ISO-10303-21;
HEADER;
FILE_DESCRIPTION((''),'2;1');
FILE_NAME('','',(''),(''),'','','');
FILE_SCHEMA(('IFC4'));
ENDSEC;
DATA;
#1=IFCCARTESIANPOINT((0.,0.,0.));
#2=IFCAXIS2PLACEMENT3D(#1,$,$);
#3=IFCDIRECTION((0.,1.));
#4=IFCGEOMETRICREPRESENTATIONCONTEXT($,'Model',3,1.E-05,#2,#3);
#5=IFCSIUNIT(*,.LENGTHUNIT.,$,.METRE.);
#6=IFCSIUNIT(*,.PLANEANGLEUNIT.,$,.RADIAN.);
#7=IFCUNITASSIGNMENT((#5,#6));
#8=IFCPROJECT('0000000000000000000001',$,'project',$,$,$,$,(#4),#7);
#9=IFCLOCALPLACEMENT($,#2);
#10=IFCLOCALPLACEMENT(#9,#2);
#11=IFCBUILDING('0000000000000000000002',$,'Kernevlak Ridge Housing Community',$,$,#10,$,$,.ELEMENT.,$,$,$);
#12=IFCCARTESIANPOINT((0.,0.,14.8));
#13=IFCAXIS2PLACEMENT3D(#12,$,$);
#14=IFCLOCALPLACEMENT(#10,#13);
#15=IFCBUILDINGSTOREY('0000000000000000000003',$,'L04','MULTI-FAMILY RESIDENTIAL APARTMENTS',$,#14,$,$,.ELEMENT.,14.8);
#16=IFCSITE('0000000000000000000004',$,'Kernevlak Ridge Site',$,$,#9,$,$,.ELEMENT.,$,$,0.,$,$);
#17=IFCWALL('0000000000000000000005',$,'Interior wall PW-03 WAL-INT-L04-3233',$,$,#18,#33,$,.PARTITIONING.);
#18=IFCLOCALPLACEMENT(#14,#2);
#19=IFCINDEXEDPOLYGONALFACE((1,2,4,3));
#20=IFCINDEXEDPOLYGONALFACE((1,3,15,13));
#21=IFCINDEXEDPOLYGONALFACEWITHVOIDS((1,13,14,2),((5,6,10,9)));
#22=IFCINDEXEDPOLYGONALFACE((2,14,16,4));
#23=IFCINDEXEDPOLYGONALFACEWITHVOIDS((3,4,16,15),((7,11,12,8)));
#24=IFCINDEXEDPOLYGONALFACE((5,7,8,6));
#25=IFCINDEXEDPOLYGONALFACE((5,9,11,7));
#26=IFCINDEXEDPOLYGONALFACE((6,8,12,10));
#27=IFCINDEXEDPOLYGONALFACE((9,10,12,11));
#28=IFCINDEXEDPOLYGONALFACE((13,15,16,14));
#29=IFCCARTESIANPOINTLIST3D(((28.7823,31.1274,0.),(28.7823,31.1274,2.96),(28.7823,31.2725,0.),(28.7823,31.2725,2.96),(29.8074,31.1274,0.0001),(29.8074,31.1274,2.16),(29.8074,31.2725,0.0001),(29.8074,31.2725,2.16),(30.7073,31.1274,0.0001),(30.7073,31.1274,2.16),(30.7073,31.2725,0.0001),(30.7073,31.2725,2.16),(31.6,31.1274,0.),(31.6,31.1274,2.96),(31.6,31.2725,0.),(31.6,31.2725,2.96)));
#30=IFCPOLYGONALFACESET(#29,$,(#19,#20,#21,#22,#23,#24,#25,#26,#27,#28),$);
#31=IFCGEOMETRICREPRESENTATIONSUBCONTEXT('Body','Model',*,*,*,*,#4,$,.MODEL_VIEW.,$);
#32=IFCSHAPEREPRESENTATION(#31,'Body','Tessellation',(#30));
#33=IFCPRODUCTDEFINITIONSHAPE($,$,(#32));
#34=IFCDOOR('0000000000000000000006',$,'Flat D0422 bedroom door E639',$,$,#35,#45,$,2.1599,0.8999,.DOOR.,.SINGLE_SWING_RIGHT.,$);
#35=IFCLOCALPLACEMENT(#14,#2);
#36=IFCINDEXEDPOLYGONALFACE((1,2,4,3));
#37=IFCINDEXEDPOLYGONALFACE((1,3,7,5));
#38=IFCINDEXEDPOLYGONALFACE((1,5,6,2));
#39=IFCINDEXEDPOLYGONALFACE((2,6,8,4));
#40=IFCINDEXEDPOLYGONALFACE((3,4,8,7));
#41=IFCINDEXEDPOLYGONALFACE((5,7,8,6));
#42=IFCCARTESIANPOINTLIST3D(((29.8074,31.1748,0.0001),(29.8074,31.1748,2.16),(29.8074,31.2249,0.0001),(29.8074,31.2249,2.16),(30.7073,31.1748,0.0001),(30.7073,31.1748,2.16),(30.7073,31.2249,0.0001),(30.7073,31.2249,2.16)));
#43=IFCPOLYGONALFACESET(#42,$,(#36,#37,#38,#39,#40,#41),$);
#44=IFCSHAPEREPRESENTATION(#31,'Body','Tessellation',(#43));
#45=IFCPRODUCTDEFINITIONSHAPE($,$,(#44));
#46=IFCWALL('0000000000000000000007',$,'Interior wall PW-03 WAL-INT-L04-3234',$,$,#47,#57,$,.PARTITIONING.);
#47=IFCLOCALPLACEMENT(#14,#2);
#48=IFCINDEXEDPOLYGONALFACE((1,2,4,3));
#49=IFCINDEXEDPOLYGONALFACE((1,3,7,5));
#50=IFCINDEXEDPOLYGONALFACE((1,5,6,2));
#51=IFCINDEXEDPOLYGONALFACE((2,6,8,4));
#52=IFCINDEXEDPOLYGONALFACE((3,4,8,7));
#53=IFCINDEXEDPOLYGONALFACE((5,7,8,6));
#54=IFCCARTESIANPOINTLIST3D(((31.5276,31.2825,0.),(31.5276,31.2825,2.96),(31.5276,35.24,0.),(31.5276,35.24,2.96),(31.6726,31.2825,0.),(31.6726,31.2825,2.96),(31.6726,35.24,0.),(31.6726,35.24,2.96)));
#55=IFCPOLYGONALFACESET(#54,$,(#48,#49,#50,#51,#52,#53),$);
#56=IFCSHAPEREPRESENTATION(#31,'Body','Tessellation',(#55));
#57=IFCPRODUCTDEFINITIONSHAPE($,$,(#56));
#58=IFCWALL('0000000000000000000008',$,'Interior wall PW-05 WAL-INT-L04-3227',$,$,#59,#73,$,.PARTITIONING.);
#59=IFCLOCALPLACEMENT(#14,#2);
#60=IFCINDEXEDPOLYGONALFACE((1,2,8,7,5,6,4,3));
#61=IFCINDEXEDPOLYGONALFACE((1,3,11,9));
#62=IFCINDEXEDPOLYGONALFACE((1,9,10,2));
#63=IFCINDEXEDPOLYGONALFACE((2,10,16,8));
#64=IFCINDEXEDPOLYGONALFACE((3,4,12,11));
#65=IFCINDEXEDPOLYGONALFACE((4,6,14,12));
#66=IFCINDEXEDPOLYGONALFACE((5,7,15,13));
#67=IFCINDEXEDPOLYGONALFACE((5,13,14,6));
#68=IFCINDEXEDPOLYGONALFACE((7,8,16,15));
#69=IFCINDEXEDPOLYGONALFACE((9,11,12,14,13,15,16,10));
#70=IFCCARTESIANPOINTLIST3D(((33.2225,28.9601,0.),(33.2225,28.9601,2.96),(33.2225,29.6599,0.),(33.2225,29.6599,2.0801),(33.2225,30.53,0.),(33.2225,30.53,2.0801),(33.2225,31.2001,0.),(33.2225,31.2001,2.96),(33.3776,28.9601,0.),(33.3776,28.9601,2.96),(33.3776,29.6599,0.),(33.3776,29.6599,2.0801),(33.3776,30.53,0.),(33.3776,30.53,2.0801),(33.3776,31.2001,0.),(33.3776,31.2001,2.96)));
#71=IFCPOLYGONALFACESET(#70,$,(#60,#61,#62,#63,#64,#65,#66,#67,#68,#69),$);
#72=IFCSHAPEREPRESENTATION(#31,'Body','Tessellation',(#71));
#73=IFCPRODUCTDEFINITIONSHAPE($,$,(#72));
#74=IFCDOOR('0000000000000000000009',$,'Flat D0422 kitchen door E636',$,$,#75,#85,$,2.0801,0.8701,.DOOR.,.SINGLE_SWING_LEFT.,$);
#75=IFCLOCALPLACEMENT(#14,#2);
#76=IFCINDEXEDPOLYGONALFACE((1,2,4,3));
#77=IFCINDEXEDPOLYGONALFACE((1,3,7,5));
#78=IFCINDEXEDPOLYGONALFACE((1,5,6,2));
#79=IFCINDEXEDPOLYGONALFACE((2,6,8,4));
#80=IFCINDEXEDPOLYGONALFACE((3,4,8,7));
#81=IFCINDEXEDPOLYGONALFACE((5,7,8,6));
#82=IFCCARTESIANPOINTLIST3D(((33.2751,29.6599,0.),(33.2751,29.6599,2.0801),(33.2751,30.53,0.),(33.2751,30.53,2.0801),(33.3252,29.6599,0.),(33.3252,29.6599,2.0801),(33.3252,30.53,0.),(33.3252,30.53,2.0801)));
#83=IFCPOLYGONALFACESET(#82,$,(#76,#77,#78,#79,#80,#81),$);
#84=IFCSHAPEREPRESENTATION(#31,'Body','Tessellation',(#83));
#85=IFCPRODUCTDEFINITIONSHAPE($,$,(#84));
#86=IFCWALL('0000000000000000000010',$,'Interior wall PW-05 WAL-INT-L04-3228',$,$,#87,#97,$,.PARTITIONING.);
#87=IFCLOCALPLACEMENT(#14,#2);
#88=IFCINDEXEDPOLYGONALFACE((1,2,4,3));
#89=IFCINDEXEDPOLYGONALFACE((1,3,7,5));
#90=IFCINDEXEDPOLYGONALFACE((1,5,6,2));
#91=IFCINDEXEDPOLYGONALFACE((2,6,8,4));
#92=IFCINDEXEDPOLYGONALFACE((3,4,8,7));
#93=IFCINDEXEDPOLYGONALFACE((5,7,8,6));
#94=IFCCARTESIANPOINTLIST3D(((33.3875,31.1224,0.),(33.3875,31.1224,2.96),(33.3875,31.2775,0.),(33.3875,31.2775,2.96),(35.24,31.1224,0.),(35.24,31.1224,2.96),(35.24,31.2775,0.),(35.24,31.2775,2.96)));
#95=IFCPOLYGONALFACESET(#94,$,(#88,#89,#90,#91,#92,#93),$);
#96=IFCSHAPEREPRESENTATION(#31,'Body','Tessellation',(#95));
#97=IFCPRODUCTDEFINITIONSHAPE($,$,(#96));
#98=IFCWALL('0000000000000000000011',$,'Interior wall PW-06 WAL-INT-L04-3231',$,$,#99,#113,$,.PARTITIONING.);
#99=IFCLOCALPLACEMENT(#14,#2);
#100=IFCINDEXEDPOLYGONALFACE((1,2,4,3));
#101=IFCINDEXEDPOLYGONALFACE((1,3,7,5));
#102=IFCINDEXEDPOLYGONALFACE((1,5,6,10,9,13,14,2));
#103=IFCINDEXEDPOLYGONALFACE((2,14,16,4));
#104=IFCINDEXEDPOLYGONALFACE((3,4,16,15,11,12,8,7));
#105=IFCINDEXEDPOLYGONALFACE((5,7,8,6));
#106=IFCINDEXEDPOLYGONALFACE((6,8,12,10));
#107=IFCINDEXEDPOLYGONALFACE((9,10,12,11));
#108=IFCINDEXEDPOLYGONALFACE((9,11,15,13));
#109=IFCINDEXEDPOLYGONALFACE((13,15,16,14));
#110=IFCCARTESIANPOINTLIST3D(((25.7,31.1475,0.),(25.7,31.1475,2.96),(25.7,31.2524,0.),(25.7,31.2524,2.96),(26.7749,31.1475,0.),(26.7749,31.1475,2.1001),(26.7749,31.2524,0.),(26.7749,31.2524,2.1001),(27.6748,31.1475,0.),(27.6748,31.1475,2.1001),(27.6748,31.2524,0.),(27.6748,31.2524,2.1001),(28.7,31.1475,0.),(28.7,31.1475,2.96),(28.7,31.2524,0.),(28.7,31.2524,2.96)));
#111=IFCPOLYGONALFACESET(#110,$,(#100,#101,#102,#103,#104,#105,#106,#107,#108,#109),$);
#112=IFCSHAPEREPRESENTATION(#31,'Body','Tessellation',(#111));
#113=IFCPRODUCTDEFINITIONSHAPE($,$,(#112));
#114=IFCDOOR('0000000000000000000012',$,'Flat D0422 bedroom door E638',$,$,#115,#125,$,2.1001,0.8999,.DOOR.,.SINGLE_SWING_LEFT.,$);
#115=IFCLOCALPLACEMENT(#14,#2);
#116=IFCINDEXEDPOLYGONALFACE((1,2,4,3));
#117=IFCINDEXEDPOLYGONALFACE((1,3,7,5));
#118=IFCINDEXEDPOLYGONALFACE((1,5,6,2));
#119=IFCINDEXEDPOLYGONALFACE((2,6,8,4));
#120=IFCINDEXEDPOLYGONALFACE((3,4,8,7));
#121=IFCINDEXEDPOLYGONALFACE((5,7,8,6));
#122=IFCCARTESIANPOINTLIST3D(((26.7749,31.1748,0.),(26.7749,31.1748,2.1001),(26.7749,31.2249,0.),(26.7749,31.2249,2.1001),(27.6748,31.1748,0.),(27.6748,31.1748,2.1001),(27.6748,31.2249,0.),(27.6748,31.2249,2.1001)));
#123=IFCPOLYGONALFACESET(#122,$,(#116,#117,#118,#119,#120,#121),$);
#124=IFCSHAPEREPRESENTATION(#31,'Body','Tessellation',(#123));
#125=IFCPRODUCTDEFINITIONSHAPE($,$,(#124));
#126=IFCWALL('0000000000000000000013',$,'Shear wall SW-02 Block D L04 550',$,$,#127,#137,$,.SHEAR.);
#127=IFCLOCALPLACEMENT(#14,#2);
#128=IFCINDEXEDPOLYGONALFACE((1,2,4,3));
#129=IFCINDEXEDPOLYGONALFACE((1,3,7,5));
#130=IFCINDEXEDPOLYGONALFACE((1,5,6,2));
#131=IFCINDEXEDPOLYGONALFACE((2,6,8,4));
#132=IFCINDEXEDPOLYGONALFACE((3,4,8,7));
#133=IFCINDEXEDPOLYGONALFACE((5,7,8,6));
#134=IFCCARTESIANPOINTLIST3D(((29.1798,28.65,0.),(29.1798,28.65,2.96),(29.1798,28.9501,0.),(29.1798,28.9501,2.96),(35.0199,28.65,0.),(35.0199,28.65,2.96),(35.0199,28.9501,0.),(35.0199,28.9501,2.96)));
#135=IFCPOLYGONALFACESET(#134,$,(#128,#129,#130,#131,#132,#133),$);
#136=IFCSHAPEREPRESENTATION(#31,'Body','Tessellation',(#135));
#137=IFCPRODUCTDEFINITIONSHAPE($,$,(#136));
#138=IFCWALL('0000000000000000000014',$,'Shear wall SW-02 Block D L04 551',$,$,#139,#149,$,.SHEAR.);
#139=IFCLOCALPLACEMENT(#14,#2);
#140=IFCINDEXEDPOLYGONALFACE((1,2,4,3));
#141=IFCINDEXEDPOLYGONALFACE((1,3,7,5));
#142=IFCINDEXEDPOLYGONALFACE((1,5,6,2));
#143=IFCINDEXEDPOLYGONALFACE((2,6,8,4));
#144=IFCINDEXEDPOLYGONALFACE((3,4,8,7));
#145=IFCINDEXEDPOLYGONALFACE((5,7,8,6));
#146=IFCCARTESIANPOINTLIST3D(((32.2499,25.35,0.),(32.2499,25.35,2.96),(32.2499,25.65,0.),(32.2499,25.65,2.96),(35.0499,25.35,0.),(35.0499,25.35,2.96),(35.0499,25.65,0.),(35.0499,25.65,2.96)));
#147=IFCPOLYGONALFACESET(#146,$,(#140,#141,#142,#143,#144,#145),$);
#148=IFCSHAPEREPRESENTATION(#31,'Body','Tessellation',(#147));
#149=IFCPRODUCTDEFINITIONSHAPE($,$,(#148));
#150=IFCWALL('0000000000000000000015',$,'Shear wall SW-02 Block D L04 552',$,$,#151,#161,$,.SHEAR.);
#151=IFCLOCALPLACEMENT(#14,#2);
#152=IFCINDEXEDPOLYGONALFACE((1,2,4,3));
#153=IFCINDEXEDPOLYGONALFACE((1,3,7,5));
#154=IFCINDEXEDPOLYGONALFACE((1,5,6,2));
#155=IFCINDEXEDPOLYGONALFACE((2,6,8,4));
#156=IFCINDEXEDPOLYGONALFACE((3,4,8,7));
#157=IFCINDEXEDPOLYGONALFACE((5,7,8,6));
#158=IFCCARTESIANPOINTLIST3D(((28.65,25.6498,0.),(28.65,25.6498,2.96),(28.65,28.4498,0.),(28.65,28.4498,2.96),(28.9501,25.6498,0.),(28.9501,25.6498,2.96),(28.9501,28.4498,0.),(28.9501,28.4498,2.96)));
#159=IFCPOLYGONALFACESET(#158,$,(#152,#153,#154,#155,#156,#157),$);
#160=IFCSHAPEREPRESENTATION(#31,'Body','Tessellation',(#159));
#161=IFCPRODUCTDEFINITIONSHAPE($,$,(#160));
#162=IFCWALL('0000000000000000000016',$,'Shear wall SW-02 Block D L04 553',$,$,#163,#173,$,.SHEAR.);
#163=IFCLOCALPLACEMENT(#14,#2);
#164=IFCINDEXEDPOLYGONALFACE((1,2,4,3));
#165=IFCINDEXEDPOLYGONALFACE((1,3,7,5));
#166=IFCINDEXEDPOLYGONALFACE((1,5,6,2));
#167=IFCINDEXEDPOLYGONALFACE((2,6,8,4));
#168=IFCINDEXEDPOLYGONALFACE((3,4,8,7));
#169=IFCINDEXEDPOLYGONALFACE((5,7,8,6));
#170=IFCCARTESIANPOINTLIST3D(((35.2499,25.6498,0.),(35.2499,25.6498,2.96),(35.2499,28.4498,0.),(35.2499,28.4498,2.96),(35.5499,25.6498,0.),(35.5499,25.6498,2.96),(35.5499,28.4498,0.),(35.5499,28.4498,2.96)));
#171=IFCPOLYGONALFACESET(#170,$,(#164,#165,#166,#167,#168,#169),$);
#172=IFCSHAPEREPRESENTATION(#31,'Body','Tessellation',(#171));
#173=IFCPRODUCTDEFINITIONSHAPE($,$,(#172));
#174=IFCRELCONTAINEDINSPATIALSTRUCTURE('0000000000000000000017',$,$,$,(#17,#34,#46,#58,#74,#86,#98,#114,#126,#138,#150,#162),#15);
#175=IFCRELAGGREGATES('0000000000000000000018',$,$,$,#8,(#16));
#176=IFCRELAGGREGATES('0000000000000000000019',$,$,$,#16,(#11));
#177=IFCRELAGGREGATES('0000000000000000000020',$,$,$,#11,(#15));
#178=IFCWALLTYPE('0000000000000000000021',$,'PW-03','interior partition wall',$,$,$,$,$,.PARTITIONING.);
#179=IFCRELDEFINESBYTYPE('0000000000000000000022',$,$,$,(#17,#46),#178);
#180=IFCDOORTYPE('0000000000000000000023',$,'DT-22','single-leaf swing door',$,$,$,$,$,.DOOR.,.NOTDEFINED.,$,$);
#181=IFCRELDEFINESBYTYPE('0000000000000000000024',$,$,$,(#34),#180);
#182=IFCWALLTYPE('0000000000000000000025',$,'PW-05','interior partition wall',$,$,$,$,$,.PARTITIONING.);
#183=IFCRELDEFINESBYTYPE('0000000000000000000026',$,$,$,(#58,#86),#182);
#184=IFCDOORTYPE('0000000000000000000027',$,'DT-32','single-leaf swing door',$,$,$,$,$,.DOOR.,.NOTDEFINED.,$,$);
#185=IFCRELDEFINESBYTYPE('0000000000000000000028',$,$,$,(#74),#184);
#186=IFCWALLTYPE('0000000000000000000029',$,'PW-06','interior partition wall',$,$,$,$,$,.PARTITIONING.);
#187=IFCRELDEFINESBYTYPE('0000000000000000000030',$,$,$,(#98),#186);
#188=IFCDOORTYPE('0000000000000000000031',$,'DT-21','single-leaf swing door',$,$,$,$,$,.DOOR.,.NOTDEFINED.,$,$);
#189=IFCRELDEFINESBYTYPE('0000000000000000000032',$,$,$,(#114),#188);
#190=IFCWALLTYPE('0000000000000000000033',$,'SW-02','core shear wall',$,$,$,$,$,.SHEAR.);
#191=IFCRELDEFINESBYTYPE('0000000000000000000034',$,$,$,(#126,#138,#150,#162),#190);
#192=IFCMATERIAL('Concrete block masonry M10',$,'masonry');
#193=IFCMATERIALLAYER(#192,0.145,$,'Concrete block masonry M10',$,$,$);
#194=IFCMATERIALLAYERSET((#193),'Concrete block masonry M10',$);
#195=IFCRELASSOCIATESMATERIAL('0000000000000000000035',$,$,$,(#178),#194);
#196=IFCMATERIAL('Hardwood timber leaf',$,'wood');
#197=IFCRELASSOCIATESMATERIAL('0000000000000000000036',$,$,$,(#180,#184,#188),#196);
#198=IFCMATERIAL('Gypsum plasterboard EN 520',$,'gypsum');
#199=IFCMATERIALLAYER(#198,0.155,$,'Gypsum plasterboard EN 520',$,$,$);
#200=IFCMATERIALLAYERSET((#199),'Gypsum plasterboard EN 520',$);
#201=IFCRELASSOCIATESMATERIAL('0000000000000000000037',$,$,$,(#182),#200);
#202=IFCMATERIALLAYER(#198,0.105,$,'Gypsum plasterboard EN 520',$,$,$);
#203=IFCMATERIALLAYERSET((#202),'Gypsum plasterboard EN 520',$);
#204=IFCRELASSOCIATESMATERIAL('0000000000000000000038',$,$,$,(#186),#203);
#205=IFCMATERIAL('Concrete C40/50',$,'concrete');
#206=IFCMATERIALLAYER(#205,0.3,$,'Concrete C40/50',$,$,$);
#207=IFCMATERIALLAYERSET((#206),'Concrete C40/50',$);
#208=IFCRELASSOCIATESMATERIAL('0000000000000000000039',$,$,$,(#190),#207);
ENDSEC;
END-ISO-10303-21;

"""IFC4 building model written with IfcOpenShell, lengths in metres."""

from ifc_helpers import new_model, si_unit, direction, frame, frame_2d, origin, place, context, subcontext, project, spatial, rectangle, extrude, material, layer, layer_set, type_object, element, fill, save


model = new_model("IFC4")

# Units and contexts
model_context = context("Model", 3, precision=1e-05, world=origin(), true_north=direction((0.0, 1.0)))
body_context = subcontext(model_context, "Body", "Model", "MODEL_VIEW")
ifc_project = project(units=[si_unit("LENGTHUNIT", "METRE"), si_unit("PLANEANGLEUNIT", "RADIAN")], contexts=[model_context])

# Site, building, storey
site_placement = place(None, origin())
site = spatial("IfcSite", under=ifc_project, at=site_placement, Name="Kernevlak Ridge Site", CompositionType="ELEMENT", RefElevation=0.0)
building_placement = place(site_placement, origin())
building = spatial("IfcBuilding", under=site, at=building_placement, Name="Kernevlak Ridge Housing Community", CompositionType="ELEMENT")
storey_placement = place(building_placement, frame((0.0, 0.0, 14.8)))
storey = spatial("IfcBuildingStorey", under=building, at=storey_placement, Name="L04", Description="MULTI-FAMILY RESIDENTIAL APARTMENTS", CompositionType="ELEMENT", Elevation=14.8)

# Shared definitions
ifc_material_1 = material(Name="Concrete block masonry M10", Category="masonry")
ifc_layer_1 = layer(ifc_material_1, 0.145, Name="Concrete block masonry M10")
ifc_layer_set_1 = layer_set([ifc_layer_1], Name="Concrete block masonry M10")
wall_type_1 = type_object("IfcWallType", Name="PW-03", Description="interior partition wall", PredefinedType="PARTITIONING", material=ifc_layer_set_1)
ifc_material_2 = material(Name="Hardwood timber leaf", Category="wood")

# Wall, opening, door
wall_1_placement = place(storey_placement, frame((28.7825, 31.2, 0.0), z_axis=(0.0, 0.0, 1.0), x_axis=(1.0, 0.0, 0.0)))
wall_1 = element("IfcWall", 1, at=wall_1_placement, inside=storey, type_object=wall_type_1, Name="Interior wall PW-03 WAL-INT-L04-3233", PredefinedType="PARTITIONING", context=body_context, shape_type="SweptSolid", body=[
    extrude(rectangle(XDim=2.8176, YDim=0.145, at=frame_2d((1.4087, 0.0))), origin(), (0.0, 0.0, 1.0), 2.96),
])
opening_1_placement = place(wall_1_placement, frame((1.0249, 0.0, 0.0)))
opening_1 = element("IfcOpeningElement", 2, at=opening_1_placement, cuts=wall_1, PredefinedType="OPENING", context=body_context, shape_type="SweptSolid", body=[
    extrude(rectangle(XDim=0.8999, YDim=2.1599, at=frame_2d((0.45, 1.0801))), frame((0.0, 0.0825, 0.0), z_axis=(0.0, -1.0, 0.0), x_axis=(1.0, 0.0, 0.0)), (0.0, 0.0, 1.0), 0.165),
])
door_type_1 = type_object("IfcDoorType", Name="DT-22", Description="single-leaf swing door", OperationType="NOTDEFINED", PredefinedType="DOOR", material=ifc_material_2)
door_1_placement = place(opening_1_placement, origin())
door_1 = element("IfcDoor", 3, at=door_1_placement, inside=storey, type_object=door_type_1, Name="Flat D0422 bedroom door E639", OperationType="SINGLE_SWING_RIGHT", OverallHeight=2.1599, OverallWidth=0.8999, PredefinedType="DOOR", context=body_context, shape_type="SweptSolid", body=[
    extrude(rectangle(XDim=0.8999, YDim=2.1599, at=frame_2d((0.45, 1.0801))), frame((0.0, 0.0249, 0.0), z_axis=(0.0, -1.0, 0.0), x_axis=(1.0, 0.0, 0.0)), (0.0, 0.0, 1.0), 0.05),
])
fill(opening_1, door_1)

# Wall
wall_2_placement = place(storey_placement, frame((31.6001, 31.2825, 0.0), z_axis=(0.0, 0.0, 1.0), x_axis=(0.0, 1.0, 0.0)))
element("IfcWall", 4, at=wall_2_placement, inside=storey, type_object=wall_type_1, Name="Interior wall PW-03 WAL-INT-L04-3234", PredefinedType="PARTITIONING", context=body_context, shape_type="SweptSolid", body=[
    extrude(rectangle(XDim=3.9575, YDim=0.145, at=frame_2d((1.9788, 0.0))), origin(), (0.0, 0.0, 1.0), 2.96),
])

# Wall, opening, door
ifc_material_3 = material(Name="Gypsum plasterboard EN 520", Category="gypsum")
ifc_layer_2 = layer(ifc_material_3, 0.155, Name="Gypsum plasterboard EN 520")
ifc_layer_set_2 = layer_set([ifc_layer_2], Name="Gypsum plasterboard EN 520")
wall_type_2 = type_object("IfcWallType", Name="PW-05", Description="interior partition wall", PredefinedType="PARTITIONING", material=ifc_layer_set_2)
wall_3_placement = place(storey_placement, frame((33.3, 28.96, 0.0), z_axis=(0.0, 0.0, 1.0), x_axis=(0.0, 1.0, 0.0)))
wall_3 = element("IfcWall", 5, at=wall_3_placement, inside=storey, type_object=wall_type_2, Name="Interior wall PW-05 WAL-INT-L04-3227", PredefinedType="PARTITIONING", context=body_context, shape_type="SweptSolid", body=[
    extrude(rectangle(XDim=2.24, YDim=0.155, at=frame_2d((1.1201, 0.0))), origin(), (0.0, 0.0, 1.0), 2.96),
])
opening_2_placement = place(wall_3_placement, frame((0.7, 0.0, 0.0)))
opening_2 = element("IfcOpeningElement", 6, at=opening_2_placement, cuts=wall_3, PredefinedType="OPENING", context=body_context, shape_type="SweptSolid", body=[
    extrude(rectangle(XDim=0.8701, YDim=2.0801, at=frame_2d((0.4351, 1.04))), frame((0.0, 0.0874, 0.0), z_axis=(0.0, -1.0, 0.0), x_axis=(1.0, 0.0, 0.0)), (0.0, 0.0, 1.0), 0.175),
])
door_type_2 = type_object("IfcDoorType", Name="DT-32", Description="single-leaf swing door", OperationType="NOTDEFINED", PredefinedType="DOOR", material=ifc_material_2)
door_2_placement = place(opening_2_placement, origin())
door_2 = element("IfcDoor", 7, at=door_2_placement, inside=storey, type_object=door_type_2, Name="Flat D0422 kitchen door E636", OperationType="SINGLE_SWING_LEFT", OverallHeight=2.0801, OverallWidth=0.8701, PredefinedType="DOOR", context=body_context, shape_type="SweptSolid", body=[
    extrude(rectangle(XDim=0.8701, YDim=2.0801, at=frame_2d((0.4351, 1.04))), frame((0.0, 0.0249, 0.0), z_axis=(0.0, -1.0, 0.0), x_axis=(1.0, 0.0, 0.0)), (0.0, 0.0, 1.0), 0.05),
])
fill(opening_2, door_2)

# Wall
wall_4_placement = place(storey_placement, frame((33.3875, 31.2, 0.0), z_axis=(0.0, 0.0, 1.0), x_axis=(1.0, 0.0, 0.0)))
element("IfcWall", 8, at=wall_4_placement, inside=storey, type_object=wall_type_2, Name="Interior wall PW-05 WAL-INT-L04-3228", PredefinedType="PARTITIONING", context=body_context, shape_type="SweptSolid", body=[
    extrude(rectangle(XDim=1.8525, YDim=0.155, at=frame_2d((0.9263, 0.0))), origin(), (0.0, 0.0, 1.0), 2.96),
])

# Wall, opening, door
ifc_layer_3 = layer(ifc_material_3, 0.105, Name="Gypsum plasterboard EN 520")
ifc_layer_set_3 = layer_set([ifc_layer_3], Name="Gypsum plasterboard EN 520")
wall_type_3 = type_object("IfcWallType", Name="PW-06", Description="interior partition wall", PredefinedType="PARTITIONING", material=ifc_layer_set_3)
wall_5_placement = place(storey_placement, frame((25.7, 31.2, 0.0), z_axis=(0.0, 0.0, 1.0), x_axis=(1.0, 0.0, 0.0)))
wall_5 = element("IfcWall", 9, at=wall_5_placement, inside=storey, type_object=wall_type_3, Name="Interior wall PW-06 WAL-INT-L04-3231", PredefinedType="PARTITIONING", context=body_context, shape_type="SweptSolid", body=[
    extrude(rectangle(XDim=3.0, YDim=0.105, at=frame_2d((1.5, 0.0))), origin(), (0.0, 0.0, 1.0), 2.96),
])
opening_3_placement = place(wall_5_placement, frame((1.075, 0.0, 0.0)))
opening_3 = element("IfcOpeningElement", 10, at=opening_3_placement, cuts=wall_5, PredefinedType="OPENING", context=body_context, shape_type="SweptSolid", body=[
    extrude(rectangle(XDim=0.8999, YDim=2.1001, at=frame_2d((0.45, 1.05))), frame((0.0, 0.0625, 0.0), z_axis=(0.0, -1.0, 0.0), x_axis=(1.0, 0.0, 0.0)), (0.0, 0.0, 1.0), 0.125),
])
door_type_3 = type_object("IfcDoorType", Name="DT-21", Description="single-leaf swing door", OperationType="NOTDEFINED", PredefinedType="DOOR", material=ifc_material_2)
door_3_placement = place(opening_3_placement, origin())
door_3 = element("IfcDoor", 11, at=door_3_placement, inside=storey, type_object=door_type_3, Name="Flat D0422 bedroom door E638", OperationType="SINGLE_SWING_LEFT", OverallHeight=2.1001, OverallWidth=0.8999, PredefinedType="DOOR", context=body_context, shape_type="SweptSolid", body=[
    extrude(rectangle(XDim=0.8999, YDim=2.1001, at=frame_2d((0.45, 1.05))), frame((0.0, 0.0249, 0.0), z_axis=(0.0, -1.0, 0.0), x_axis=(1.0, 0.0, 0.0)), (0.0, 0.0, 1.0), 0.05),
])
fill(opening_3, door_3)

# Walls
ifc_material_4 = material(Name="Concrete C40/50", Category="concrete")
ifc_layer_4 = layer(ifc_material_4, 0.3, Name="Concrete C40/50")
ifc_layer_set_4 = layer_set([ifc_layer_4], Name="Concrete C40/50")
wall_type_4 = type_object("IfcWallType", Name="SW-02", Description="core shear wall", PredefinedType="SHEAR", material=ifc_layer_set_4)
wall_6_placement = place(storey_placement, frame((29.1799, 28.8, 0.0), z_axis=(0.0, 0.0, 1.0), x_axis=(1.0, 0.0, 0.0)))
element("IfcWall", 12, at=wall_6_placement, inside=storey, type_object=wall_type_4, Name="Shear wall SW-02 Block D L04 550", PredefinedType="SHEAR", context=body_context, shape_type="SweptSolid", body=[
    extrude(rectangle(XDim=5.8401, YDim=0.3, at=frame_2d((2.9199, 0.0))), origin(), (0.0, 0.0, 1.0), 2.96),
])
for number, where, z_axis, x_axis, name in (
    (13, (32.25, 25.5, 0.0), (0.0, 0.0, 1.0), (1.0, 0.0, 0.0), "Shear wall SW-02 Block D L04 551"),
    (14, (28.8, 25.6499, 0.0), (0.0, 0.0, 1.0), (0.0, 1.0, 0.0), "Shear wall SW-02 Block D L04 552"),
    (15, (35.3999, 25.6499, 0.0), (0.0, 0.0, 1.0), (0.0, 1.0, 0.0), "Shear wall SW-02 Block D L04 553"),
):
    element("IfcWall", number, at=place(storey_placement, frame(where, z_axis=z_axis, x_axis=x_axis)), inside=storey, type_object=wall_type_4, Name=name, PredefinedType="SHEAR", context=body_context, shape_type="SweptSolid", body=[
        extrude(rectangle(XDim=2.8, YDim=0.3, at=frame_2d((1.3999, 0.0))), origin(), (0.0, 0.0, 1.0), 2.96),
    ])

save(model, "model.ifc")
